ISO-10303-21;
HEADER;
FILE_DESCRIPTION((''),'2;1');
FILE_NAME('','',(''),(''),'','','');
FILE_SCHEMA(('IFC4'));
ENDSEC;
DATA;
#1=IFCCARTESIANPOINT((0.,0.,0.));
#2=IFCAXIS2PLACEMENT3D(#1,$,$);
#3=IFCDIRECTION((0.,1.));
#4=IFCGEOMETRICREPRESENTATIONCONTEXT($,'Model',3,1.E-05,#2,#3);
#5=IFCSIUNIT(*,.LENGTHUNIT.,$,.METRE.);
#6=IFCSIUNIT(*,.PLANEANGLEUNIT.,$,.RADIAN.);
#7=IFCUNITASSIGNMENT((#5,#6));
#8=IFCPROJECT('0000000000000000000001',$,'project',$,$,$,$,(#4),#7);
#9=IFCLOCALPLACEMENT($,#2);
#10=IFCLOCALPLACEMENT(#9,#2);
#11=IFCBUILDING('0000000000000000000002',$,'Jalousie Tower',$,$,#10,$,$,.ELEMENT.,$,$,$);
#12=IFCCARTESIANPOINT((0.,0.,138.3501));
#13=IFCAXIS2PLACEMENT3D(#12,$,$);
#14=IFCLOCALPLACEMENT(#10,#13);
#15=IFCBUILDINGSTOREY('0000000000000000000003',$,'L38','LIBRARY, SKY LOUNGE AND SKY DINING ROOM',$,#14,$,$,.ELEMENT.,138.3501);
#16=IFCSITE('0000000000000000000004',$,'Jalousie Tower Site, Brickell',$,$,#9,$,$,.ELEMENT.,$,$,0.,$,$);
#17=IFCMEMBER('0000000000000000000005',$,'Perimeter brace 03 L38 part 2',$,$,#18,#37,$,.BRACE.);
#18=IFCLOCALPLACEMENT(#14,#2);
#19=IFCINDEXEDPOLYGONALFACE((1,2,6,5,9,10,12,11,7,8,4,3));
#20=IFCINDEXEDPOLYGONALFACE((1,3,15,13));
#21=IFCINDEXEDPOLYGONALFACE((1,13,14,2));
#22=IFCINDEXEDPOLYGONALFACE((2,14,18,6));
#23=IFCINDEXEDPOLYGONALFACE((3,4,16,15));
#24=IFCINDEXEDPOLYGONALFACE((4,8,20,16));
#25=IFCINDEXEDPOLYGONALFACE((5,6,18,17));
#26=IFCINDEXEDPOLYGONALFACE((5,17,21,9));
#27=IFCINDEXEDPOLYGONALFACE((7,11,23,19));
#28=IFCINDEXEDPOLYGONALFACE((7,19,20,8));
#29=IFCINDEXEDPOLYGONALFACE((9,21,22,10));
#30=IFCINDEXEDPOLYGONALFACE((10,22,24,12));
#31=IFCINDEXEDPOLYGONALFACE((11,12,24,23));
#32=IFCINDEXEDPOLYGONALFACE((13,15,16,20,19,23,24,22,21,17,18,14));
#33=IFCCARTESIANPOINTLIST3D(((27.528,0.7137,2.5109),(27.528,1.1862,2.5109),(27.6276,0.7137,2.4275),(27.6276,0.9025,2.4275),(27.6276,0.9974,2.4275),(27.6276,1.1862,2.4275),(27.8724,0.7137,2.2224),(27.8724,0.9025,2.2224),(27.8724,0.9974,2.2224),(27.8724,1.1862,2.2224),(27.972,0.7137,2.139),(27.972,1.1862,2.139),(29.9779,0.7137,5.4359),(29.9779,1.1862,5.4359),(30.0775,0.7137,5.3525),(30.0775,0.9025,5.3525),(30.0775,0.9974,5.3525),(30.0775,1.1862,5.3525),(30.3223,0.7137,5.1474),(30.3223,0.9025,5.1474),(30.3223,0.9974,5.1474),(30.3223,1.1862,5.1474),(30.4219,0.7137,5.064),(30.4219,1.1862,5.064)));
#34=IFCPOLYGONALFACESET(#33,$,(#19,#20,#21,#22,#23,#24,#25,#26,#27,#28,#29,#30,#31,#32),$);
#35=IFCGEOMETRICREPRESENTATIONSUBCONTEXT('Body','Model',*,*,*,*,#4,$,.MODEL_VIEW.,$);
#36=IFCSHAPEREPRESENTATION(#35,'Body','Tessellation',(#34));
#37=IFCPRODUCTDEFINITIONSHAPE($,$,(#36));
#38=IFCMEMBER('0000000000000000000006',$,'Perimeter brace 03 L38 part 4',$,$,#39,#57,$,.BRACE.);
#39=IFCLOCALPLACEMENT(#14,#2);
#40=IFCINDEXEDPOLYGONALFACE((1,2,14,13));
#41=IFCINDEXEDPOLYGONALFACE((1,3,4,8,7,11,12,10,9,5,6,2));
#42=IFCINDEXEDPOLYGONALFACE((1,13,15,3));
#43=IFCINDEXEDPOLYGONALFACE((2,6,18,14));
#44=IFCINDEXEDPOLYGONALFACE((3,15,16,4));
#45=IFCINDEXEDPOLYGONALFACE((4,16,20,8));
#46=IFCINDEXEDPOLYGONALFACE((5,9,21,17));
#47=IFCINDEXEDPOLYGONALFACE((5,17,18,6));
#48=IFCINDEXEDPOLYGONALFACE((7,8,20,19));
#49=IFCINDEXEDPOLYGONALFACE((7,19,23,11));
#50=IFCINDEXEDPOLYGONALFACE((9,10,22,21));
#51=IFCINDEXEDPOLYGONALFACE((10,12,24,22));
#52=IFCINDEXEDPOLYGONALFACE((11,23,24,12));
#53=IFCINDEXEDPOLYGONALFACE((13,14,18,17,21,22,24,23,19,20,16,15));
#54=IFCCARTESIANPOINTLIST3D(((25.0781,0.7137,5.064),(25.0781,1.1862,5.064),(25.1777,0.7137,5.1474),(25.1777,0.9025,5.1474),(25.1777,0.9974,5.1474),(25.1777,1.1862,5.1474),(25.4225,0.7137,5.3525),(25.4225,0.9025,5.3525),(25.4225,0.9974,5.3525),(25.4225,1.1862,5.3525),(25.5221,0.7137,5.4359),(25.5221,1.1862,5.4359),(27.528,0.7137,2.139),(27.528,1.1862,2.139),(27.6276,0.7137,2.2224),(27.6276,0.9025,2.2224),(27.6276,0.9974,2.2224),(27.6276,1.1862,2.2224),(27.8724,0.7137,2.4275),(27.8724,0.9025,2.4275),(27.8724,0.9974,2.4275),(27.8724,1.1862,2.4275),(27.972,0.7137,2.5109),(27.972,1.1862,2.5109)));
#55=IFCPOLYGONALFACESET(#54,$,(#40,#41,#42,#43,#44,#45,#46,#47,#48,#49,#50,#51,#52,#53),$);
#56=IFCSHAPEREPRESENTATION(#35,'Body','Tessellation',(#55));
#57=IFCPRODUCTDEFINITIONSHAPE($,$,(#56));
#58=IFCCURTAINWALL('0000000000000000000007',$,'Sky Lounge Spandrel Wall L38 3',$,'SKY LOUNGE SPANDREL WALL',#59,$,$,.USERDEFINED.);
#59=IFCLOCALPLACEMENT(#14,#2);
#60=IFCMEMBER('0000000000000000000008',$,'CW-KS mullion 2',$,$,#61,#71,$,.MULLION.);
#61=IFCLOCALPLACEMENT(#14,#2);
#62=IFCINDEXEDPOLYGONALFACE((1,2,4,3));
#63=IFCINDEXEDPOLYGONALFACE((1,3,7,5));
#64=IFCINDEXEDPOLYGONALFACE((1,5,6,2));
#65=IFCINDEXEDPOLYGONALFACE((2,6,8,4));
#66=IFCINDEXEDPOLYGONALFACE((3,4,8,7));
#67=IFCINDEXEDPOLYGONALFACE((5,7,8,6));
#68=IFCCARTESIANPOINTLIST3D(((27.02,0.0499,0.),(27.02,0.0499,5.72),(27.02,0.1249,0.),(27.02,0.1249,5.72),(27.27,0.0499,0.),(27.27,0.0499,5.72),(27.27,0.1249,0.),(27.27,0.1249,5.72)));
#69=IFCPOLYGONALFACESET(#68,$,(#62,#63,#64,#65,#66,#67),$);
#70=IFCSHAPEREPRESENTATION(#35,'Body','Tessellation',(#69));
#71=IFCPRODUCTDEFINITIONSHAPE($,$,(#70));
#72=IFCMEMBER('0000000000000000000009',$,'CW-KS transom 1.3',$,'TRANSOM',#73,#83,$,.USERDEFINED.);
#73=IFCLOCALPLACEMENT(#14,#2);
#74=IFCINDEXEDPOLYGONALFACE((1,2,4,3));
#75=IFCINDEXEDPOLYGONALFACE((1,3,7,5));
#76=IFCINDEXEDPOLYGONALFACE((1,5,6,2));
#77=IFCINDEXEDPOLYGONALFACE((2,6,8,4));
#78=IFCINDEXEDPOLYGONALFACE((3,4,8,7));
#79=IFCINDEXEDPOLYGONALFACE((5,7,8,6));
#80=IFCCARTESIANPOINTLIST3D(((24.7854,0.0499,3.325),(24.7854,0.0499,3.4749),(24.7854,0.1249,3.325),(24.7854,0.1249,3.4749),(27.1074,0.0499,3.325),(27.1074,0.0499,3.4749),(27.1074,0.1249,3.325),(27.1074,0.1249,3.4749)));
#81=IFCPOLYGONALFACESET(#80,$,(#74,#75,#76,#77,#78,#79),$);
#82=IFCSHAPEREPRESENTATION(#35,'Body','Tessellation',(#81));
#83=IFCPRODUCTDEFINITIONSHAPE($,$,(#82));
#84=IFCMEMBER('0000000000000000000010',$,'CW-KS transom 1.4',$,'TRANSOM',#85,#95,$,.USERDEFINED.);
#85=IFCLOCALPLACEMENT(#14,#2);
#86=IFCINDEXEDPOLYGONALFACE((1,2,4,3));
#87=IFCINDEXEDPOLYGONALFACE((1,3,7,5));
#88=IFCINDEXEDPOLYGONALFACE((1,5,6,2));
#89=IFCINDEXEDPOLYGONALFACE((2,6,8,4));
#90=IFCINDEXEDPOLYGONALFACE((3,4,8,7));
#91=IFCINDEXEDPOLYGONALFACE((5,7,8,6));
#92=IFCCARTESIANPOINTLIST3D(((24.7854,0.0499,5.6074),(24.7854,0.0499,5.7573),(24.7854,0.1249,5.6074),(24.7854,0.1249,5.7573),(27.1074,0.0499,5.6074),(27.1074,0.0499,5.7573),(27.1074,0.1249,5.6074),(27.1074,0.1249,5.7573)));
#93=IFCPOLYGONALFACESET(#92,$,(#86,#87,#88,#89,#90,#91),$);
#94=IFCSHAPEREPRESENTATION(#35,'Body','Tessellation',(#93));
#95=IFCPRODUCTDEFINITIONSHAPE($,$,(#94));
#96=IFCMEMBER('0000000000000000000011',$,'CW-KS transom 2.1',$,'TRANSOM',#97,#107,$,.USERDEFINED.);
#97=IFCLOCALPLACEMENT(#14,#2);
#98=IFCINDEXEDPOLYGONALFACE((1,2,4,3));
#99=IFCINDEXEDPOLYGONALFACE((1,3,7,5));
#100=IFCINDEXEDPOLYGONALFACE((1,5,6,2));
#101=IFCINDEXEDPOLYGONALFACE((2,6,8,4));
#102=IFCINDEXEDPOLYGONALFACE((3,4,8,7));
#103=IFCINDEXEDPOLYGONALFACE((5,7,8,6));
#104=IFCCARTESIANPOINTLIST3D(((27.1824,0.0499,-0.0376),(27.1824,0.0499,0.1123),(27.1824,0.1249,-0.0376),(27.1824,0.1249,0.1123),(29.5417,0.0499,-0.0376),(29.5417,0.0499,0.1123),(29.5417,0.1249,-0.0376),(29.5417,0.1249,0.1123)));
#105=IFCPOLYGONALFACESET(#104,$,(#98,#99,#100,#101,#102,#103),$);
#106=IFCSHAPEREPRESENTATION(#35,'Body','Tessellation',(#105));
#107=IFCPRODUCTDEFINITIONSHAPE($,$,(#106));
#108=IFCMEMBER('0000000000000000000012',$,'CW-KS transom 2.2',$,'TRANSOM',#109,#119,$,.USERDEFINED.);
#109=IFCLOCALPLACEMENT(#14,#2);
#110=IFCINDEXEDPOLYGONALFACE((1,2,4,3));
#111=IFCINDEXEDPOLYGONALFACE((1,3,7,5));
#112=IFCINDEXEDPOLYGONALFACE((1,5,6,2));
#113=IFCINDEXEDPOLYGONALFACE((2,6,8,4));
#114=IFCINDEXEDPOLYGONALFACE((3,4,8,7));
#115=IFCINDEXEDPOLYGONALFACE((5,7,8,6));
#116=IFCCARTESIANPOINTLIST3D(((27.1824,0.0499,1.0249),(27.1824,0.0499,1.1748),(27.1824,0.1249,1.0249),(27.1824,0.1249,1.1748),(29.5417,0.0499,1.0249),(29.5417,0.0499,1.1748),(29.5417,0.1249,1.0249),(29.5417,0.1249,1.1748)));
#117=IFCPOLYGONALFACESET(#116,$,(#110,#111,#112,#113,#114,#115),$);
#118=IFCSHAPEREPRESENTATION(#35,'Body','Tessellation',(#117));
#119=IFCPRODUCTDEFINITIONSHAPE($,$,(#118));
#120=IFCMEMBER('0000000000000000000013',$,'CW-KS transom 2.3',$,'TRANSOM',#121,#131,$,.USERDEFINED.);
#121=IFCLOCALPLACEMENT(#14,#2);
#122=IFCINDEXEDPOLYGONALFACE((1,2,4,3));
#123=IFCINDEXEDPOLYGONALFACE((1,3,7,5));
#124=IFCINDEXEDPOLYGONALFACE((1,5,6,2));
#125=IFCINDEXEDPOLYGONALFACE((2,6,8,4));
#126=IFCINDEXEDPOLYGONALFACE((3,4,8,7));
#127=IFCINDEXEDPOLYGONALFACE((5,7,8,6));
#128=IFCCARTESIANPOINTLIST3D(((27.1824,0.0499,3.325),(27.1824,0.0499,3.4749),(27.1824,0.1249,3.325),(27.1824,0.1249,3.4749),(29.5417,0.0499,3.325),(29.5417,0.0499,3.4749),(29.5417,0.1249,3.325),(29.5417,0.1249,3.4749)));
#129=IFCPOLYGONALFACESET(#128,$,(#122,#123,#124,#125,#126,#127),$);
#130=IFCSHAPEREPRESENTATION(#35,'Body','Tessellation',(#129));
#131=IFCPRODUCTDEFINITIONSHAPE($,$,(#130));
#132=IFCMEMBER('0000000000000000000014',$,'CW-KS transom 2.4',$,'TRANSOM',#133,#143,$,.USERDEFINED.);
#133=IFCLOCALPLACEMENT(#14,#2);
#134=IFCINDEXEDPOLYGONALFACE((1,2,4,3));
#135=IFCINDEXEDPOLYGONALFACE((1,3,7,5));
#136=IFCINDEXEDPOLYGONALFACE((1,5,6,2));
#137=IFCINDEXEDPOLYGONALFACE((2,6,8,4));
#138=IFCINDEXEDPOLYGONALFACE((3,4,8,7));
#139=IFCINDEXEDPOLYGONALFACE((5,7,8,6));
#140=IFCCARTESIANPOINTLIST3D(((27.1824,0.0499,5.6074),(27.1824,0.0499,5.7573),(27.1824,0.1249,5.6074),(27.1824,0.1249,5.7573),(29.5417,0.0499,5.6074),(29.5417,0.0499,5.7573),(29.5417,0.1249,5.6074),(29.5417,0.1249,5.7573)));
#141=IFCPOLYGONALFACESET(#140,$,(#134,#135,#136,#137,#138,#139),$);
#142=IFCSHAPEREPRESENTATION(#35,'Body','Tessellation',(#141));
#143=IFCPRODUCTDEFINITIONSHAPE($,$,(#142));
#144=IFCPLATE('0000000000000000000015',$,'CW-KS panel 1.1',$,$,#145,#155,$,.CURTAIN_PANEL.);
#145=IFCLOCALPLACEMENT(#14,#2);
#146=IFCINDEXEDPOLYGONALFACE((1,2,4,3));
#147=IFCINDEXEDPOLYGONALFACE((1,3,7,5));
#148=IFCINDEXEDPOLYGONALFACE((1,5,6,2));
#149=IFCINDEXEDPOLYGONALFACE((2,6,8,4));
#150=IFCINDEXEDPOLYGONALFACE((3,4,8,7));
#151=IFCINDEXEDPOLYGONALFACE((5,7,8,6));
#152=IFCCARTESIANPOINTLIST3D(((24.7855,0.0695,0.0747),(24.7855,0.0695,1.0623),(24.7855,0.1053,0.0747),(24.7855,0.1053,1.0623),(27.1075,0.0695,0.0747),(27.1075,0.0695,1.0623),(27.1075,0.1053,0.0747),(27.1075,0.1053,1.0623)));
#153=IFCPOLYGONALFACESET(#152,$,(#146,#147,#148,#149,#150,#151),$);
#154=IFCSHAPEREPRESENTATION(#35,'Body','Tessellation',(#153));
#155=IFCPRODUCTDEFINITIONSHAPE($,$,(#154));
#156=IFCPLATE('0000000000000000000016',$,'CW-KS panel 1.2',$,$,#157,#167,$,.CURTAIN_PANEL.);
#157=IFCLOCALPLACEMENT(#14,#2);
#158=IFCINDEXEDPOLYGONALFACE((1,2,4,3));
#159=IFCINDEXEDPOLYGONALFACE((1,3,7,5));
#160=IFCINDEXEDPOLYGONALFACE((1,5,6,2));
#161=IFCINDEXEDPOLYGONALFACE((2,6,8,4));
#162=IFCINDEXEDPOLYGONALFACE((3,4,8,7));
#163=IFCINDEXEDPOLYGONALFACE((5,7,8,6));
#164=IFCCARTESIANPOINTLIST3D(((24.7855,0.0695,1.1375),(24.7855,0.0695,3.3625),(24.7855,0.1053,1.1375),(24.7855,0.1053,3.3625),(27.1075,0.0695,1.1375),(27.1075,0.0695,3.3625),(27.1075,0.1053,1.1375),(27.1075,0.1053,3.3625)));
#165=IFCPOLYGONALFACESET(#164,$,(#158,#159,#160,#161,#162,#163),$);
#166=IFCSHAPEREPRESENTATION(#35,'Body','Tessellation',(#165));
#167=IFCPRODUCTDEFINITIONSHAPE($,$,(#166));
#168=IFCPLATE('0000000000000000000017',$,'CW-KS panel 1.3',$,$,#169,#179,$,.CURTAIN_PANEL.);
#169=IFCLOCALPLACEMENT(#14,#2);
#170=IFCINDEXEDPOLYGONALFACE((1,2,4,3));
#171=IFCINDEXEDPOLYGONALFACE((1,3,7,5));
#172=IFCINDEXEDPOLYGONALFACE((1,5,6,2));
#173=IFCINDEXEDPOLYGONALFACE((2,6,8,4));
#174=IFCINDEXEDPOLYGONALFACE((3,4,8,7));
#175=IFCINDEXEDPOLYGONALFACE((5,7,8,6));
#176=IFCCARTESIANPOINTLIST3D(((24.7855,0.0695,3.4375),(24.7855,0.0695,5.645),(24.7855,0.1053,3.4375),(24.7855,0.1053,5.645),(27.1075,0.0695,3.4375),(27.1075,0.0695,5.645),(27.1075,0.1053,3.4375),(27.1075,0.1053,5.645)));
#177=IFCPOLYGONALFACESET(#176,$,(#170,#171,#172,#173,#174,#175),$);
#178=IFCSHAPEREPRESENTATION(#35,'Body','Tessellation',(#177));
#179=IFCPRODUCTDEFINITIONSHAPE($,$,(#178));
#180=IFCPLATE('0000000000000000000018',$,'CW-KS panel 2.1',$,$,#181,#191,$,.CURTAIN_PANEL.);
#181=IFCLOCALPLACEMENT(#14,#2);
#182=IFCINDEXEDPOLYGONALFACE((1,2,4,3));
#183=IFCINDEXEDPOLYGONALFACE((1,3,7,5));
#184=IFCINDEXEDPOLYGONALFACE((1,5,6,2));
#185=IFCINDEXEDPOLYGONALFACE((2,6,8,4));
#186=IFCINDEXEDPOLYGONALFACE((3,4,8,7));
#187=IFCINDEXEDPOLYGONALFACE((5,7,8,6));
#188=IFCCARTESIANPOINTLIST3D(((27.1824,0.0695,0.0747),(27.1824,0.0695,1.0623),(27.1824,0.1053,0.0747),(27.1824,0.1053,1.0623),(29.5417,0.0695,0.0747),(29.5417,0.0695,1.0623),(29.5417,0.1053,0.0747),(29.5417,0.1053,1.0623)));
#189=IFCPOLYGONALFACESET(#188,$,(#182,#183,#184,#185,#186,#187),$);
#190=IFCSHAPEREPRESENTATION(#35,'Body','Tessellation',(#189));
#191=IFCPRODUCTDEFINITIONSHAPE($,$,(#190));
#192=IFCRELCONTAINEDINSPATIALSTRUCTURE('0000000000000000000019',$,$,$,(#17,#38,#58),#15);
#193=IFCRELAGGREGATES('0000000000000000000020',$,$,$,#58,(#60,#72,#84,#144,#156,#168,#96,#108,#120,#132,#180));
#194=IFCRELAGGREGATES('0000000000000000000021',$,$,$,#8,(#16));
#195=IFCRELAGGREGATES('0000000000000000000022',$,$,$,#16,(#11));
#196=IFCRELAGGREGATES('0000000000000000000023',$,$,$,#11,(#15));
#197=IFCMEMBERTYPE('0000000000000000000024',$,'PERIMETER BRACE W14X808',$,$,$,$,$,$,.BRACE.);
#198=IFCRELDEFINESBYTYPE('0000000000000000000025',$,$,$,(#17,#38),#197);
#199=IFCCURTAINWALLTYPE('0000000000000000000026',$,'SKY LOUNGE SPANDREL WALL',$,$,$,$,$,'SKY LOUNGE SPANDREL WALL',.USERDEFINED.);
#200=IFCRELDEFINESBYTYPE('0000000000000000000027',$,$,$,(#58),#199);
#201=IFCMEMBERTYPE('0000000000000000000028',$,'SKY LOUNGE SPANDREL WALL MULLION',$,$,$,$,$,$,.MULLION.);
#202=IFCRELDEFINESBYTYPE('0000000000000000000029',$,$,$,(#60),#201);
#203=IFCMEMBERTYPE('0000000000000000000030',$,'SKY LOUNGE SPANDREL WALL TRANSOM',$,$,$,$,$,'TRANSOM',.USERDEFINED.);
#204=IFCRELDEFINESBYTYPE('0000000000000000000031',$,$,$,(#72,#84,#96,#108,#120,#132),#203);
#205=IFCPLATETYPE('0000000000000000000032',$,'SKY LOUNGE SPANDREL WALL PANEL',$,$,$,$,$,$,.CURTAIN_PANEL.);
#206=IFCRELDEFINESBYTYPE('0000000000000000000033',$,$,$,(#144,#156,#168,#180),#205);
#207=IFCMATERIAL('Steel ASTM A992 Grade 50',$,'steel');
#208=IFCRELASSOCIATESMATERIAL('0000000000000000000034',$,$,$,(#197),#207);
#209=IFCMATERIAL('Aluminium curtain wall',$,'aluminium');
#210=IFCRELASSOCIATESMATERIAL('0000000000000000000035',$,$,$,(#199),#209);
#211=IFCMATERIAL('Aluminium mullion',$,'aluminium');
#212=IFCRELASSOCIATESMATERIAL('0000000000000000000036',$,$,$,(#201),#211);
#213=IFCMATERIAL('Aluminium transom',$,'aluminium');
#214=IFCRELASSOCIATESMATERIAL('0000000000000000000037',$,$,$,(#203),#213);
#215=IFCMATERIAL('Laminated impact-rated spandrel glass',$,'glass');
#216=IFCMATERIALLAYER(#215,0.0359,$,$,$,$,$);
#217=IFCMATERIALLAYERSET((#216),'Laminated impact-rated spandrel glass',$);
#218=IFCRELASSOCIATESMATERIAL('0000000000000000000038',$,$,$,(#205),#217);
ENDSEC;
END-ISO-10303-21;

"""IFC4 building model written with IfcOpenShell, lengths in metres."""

from ifc_helpers import new_model, si_unit, direction, frame, origin, origin_2d, place, context, subcontext, project, spatial, rectangle, i_section, extrude, material, layer, layer_set, material_profile, profile_set, type_object, element, aggregate, save


model = new_model("IFC4")

# Units and contexts
model_context = context("Model", 3, precision=1e-05, world=origin(), true_north=direction((0.0, 1.0)))
body_context = subcontext(model_context, "Body", "Model", "MODEL_VIEW")
ifc_project = project(units=[si_unit("LENGTHUNIT", "METRE"), si_unit("PLANEANGLEUNIT", "RADIAN")], contexts=[model_context])

# Site, building, storey
site_placement = place(None, origin())
site = spatial("IfcSite", under=ifc_project, at=site_placement, Name="Jalousie Tower Site, Brickell", CompositionType="ELEMENT", RefElevation=0.0)
building_placement = place(site_placement, origin())
building = spatial("IfcBuilding", under=site, at=building_placement, Name="Jalousie Tower", CompositionType="ELEMENT")
storey_placement = place(building_placement, frame((0.0, 0.0, 138.3501)))
storey = spatial("IfcBuildingStorey", under=building, at=storey_placement, Name="L38", Description="LIBRARY, SKY LOUNGE AND SKY DINING ROOM", CompositionType="ELEMENT", Elevation=138.3501)

# Members
ifc_material_1 = material(Name="Steel ASTM A992 Grade 50", Category="steel")
ifc_material_profile_1 = material_profile(ifc_material_1, i_section(OverallWidth=0.4724, OverallDepth=0.5791, WebThickness=0.095, FlangeThickness=0.1299, at=origin_2d()), Name="W14X808")
ifc_profile_set_1 = profile_set([ifc_material_profile_1], Name="Steel ASTM A992 Grade 50")
member_type_1 = type_object("IfcMemberType", Name="PERIMETER BRACE W14X808", PredefinedType="BRACE", material=ifc_profile_set_1)
for number, where, z_axis, x_axis, name in (
    (1, (27.75, 0.95, 2.325), (0.642102, 0.0, 0.766619), (0.0, 1.0, 0.0), "Perimeter brace 03 L38 part 2"),
    (2, (27.75, 0.95, 2.325), (-0.642102, 0.0, 0.766619), (0.0, -1.0, 0.0), "Perimeter brace 03 L38 part 4"),
):
    element("IfcMember", number, at=place(storey_placement, frame(where, z_axis=z_axis, x_axis=x_axis)), inside=storey, type_object=member_type_1, Name=name, PredefinedType="BRACE", context=body_context, shape_type="SweptSolid", body=[
        extrude(i_section(OverallWidth=0.4724, OverallDepth=0.5791, WebThickness=0.095, FlangeThickness=0.1299, at=origin_2d()), origin(), (0.0, 0.0, 1.0), 3.8154),
    ])

# Curtain wall, members, plates
ifc_material_2 = material(Name="Aluminium curtain wall", Category="aluminium")
curtain_wall_type = type_object("IfcCurtainWallType", Name="SKY LOUNGE SPANDREL WALL", ElementType="SKY LOUNGE SPANDREL WALL", PredefinedType="USERDEFINED", material=ifc_material_2)
curtain_wall_placement = place(storey_placement, origin())
curtain_wall = element("IfcCurtainWall", 3, at=curtain_wall_placement, inside=storey, type_object=curtain_wall_type, Name="Sky Lounge Spandrel Wall L38 3", ObjectType="SKY LOUNGE SPANDREL WALL", PredefinedType="USERDEFINED")
ifc_material_3 = material(Name="Aluminium mullion", Category="aluminium")
ifc_material_profile_2 = material_profile(ifc_material_3, rectangle(XDim=0.075, YDim=0.25, at=origin_2d()), Name="MULLION 75x250")
ifc_profile_set_2 = profile_set([ifc_material_profile_2], Name="Aluminium mullion")
member_type_2 = type_object("IfcMemberType", Name="SKY LOUNGE SPANDREL WALL MULLION", PredefinedType="MULLION", material=ifc_profile_set_2)
member_1_placement = place(storey_placement, frame((27.145, 0.0874, 0.0), z_axis=(0.0, 0.0, 1.0), x_axis=(0.0, 1.0, 0.0)))
member_1 = element("IfcMember", 4, at=member_1_placement, type_object=member_type_2, Name="CW-KS mullion 2", PredefinedType="MULLION", context=body_context, shape_type="SweptSolid", body=[
    extrude(rectangle(XDim=0.075, YDim=0.25, at=origin_2d()), origin(), (0.0, 0.0, 1.0), 5.72),
])
ifc_material_4 = material(Name="Aluminium transom", Category="aluminium")
ifc_material_profile_3 = material_profile(ifc_material_4, rectangle(XDim=0.075, YDim=0.1499, at=origin_2d()), Name="TRANSOM 75x150")
ifc_profile_set_3 = profile_set([ifc_material_profile_3], Name="Aluminium transom")
member_type_3 = type_object("IfcMemberType", Name="SKY LOUNGE SPANDREL WALL TRANSOM", ElementType="TRANSOM", PredefinedType="USERDEFINED", material=ifc_profile_set_3)
member_2_placement = place(storey_placement, frame((24.7854, 0.0874, 3.3999), z_axis=(1.0, 0.0, 0.0), x_axis=(0.0, 1.0, 0.0)))
member_2 = element("IfcMember", 5, at=member_2_placement, type_object=member_type_3, Name="CW-KS transom 1.3", ObjectType="TRANSOM", PredefinedType="USERDEFINED", context=body_context, shape_type="SweptSolid", body=[
    extrude(rectangle(XDim=0.075, YDim=0.1499, at=origin_2d()), origin(), (0.0, 0.0, 1.0), 2.322),
])
member_3_placement = place(storey_placement, frame((24.7854, 0.0874, 5.6824), z_axis=(1.0, 0.0, 0.0), x_axis=(0.0, 1.0, 0.0)))
member_3 = element("IfcMember", 6, at=member_3_placement, type_object=member_type_3, Name="CW-KS transom 1.4", ObjectType="TRANSOM", PredefinedType="USERDEFINED", context=body_context, shape_type="SweptSolid", body=[
    extrude(rectangle(XDim=0.075, YDim=0.1499, at=origin_2d()), origin(), (0.0, 0.0, 1.0), 2.322),
])
member_4_placement = place(storey_placement, frame((27.1824, 0.0874, 0.0374), z_axis=(1.0, 0.0, 0.0), x_axis=(0.0, 1.0, 0.0)))
member_4 = element("IfcMember", 7, at=member_4_placement, type_object=member_type_3, Name="CW-KS transom 2.1", ObjectType="TRANSOM", PredefinedType="USERDEFINED", context=body_context, shape_type="SweptSolid", body=[
    extrude(rectangle(XDim=0.075, YDim=0.1499, at=origin_2d()), origin(), (0.0, 0.0, 1.0), 2.3594),
])
member_5_placement = place(storey_placement, frame((27.1824, 0.0874, 1.0999), z_axis=(1.0, 0.0, 0.0), x_axis=(0.0, 1.0, 0.0)))
member_5 = element("IfcMember", 8, at=member_5_placement, type_object=member_type_3, Name="CW-KS transom 2.2", ObjectType="TRANSOM", PredefinedType="USERDEFINED", context=body_context, shape_type="SweptSolid", body=[
    extrude(rectangle(XDim=0.075, YDim=0.1499, at=origin_2d()), origin(), (0.0, 0.0, 1.0), 2.3594),
])
member_6_placement = place(storey_placement, frame((27.1824, 0.0874, 3.3999), z_axis=(1.0, 0.0, 0.0), x_axis=(0.0, 1.0, 0.0)))
member_6 = element("IfcMember", 9, at=member_6_placement, type_object=member_type_3, Name="CW-KS transom 2.3", ObjectType="TRANSOM", PredefinedType="USERDEFINED", context=body_context, shape_type="SweptSolid", body=[
    extrude(rectangle(XDim=0.075, YDim=0.1499, at=origin_2d()), origin(), (0.0, 0.0, 1.0), 2.3594),
])
member_7_placement = place(storey_placement, frame((27.1824, 0.0874, 5.6824), z_axis=(1.0, 0.0, 0.0), x_axis=(0.0, 1.0, 0.0)))
member_7 = element("IfcMember", 10, at=member_7_placement, type_object=member_type_3, Name="CW-KS transom 2.4", ObjectType="TRANSOM", PredefinedType="USERDEFINED", context=body_context, shape_type="SweptSolid", body=[
    extrude(rectangle(XDim=0.075, YDim=0.1499, at=origin_2d()), origin(), (0.0, 0.0, 1.0), 2.3594),
])
ifc_material_5 = material(Name="Laminated impact-rated spandrel glass", Category="glass")
ifc_layer_1 = layer(ifc_material_5, 0.0359)
ifc_layer_set_1 = layer_set([ifc_layer_1], Name="Laminated impact-rated spandrel glass")
plate_type = type_object("IfcPlateType", Name="SKY LOUNGE SPANDREL WALL PANEL", PredefinedType="CURTAIN_PANEL", material=ifc_layer_set_1)
plate_1_placement = place(storey_placement, frame((25.9465, 0.0874, 0.0747), z_axis=(0.0, 0.0, 1.0), x_axis=(1.0, 0.0, 0.0)))
plate_1 = element("IfcPlate", 11, at=plate_1_placement, type_object=plate_type, Name="CW-KS panel 1.1", PredefinedType="CURTAIN_PANEL", context=body_context, shape_type="SweptSolid", body=[
    extrude(rectangle(XDim=2.322, YDim=0.0359, at=origin_2d()), origin(), (0.0, 0.0, 1.0), 0.9875),
])
plate_2_placement = place(storey_placement, frame((25.9465, 0.0874, 1.1375), z_axis=(0.0, 0.0, 1.0), x_axis=(1.0, 0.0, 0.0)))
plate_2 = element("IfcPlate", 12, at=plate_2_placement, type_object=plate_type, Name="CW-KS panel 1.2", PredefinedType="CURTAIN_PANEL", context=body_context, shape_type="SweptSolid", body=[
    extrude(rectangle(XDim=2.322, YDim=0.0359, at=origin_2d()), origin(), (0.0, 0.0, 1.0), 2.2251),
])
plate_3_placement = place(storey_placement, frame((25.9465, 0.0874, 3.4375), z_axis=(0.0, 0.0, 1.0), x_axis=(1.0, 0.0, 0.0)))
plate_3 = element("IfcPlate", 13, at=plate_3_placement, type_object=plate_type, Name="CW-KS panel 1.3", PredefinedType="CURTAIN_PANEL", context=body_context, shape_type="SweptSolid", body=[
    extrude(rectangle(XDim=2.322, YDim=0.0359, at=origin_2d()), origin(), (0.0, 0.0, 1.0), 2.2075),
])
plate_4_placement = place(storey_placement, frame((28.3621, 0.0874, 0.0747), z_axis=(0.0, 0.0, 1.0), x_axis=(1.0, 0.0, 0.0)))
plate_4 = element("IfcPlate", 14, at=plate_4_placement, type_object=plate_type, Name="CW-KS panel 2.1", PredefinedType="CURTAIN_PANEL", context=body_context, shape_type="SweptSolid", body=[
    extrude(rectangle(XDim=2.3594, YDim=0.0359, at=origin_2d()), origin(), (0.0, 0.0, 1.0), 0.9875),
])
aggregate(curtain_wall, [member_1, member_2, member_3, plate_1, plate_2, plate_3, member_4, member_5, member_6, member_7, plate_4])

save(model, "model.ifc")
